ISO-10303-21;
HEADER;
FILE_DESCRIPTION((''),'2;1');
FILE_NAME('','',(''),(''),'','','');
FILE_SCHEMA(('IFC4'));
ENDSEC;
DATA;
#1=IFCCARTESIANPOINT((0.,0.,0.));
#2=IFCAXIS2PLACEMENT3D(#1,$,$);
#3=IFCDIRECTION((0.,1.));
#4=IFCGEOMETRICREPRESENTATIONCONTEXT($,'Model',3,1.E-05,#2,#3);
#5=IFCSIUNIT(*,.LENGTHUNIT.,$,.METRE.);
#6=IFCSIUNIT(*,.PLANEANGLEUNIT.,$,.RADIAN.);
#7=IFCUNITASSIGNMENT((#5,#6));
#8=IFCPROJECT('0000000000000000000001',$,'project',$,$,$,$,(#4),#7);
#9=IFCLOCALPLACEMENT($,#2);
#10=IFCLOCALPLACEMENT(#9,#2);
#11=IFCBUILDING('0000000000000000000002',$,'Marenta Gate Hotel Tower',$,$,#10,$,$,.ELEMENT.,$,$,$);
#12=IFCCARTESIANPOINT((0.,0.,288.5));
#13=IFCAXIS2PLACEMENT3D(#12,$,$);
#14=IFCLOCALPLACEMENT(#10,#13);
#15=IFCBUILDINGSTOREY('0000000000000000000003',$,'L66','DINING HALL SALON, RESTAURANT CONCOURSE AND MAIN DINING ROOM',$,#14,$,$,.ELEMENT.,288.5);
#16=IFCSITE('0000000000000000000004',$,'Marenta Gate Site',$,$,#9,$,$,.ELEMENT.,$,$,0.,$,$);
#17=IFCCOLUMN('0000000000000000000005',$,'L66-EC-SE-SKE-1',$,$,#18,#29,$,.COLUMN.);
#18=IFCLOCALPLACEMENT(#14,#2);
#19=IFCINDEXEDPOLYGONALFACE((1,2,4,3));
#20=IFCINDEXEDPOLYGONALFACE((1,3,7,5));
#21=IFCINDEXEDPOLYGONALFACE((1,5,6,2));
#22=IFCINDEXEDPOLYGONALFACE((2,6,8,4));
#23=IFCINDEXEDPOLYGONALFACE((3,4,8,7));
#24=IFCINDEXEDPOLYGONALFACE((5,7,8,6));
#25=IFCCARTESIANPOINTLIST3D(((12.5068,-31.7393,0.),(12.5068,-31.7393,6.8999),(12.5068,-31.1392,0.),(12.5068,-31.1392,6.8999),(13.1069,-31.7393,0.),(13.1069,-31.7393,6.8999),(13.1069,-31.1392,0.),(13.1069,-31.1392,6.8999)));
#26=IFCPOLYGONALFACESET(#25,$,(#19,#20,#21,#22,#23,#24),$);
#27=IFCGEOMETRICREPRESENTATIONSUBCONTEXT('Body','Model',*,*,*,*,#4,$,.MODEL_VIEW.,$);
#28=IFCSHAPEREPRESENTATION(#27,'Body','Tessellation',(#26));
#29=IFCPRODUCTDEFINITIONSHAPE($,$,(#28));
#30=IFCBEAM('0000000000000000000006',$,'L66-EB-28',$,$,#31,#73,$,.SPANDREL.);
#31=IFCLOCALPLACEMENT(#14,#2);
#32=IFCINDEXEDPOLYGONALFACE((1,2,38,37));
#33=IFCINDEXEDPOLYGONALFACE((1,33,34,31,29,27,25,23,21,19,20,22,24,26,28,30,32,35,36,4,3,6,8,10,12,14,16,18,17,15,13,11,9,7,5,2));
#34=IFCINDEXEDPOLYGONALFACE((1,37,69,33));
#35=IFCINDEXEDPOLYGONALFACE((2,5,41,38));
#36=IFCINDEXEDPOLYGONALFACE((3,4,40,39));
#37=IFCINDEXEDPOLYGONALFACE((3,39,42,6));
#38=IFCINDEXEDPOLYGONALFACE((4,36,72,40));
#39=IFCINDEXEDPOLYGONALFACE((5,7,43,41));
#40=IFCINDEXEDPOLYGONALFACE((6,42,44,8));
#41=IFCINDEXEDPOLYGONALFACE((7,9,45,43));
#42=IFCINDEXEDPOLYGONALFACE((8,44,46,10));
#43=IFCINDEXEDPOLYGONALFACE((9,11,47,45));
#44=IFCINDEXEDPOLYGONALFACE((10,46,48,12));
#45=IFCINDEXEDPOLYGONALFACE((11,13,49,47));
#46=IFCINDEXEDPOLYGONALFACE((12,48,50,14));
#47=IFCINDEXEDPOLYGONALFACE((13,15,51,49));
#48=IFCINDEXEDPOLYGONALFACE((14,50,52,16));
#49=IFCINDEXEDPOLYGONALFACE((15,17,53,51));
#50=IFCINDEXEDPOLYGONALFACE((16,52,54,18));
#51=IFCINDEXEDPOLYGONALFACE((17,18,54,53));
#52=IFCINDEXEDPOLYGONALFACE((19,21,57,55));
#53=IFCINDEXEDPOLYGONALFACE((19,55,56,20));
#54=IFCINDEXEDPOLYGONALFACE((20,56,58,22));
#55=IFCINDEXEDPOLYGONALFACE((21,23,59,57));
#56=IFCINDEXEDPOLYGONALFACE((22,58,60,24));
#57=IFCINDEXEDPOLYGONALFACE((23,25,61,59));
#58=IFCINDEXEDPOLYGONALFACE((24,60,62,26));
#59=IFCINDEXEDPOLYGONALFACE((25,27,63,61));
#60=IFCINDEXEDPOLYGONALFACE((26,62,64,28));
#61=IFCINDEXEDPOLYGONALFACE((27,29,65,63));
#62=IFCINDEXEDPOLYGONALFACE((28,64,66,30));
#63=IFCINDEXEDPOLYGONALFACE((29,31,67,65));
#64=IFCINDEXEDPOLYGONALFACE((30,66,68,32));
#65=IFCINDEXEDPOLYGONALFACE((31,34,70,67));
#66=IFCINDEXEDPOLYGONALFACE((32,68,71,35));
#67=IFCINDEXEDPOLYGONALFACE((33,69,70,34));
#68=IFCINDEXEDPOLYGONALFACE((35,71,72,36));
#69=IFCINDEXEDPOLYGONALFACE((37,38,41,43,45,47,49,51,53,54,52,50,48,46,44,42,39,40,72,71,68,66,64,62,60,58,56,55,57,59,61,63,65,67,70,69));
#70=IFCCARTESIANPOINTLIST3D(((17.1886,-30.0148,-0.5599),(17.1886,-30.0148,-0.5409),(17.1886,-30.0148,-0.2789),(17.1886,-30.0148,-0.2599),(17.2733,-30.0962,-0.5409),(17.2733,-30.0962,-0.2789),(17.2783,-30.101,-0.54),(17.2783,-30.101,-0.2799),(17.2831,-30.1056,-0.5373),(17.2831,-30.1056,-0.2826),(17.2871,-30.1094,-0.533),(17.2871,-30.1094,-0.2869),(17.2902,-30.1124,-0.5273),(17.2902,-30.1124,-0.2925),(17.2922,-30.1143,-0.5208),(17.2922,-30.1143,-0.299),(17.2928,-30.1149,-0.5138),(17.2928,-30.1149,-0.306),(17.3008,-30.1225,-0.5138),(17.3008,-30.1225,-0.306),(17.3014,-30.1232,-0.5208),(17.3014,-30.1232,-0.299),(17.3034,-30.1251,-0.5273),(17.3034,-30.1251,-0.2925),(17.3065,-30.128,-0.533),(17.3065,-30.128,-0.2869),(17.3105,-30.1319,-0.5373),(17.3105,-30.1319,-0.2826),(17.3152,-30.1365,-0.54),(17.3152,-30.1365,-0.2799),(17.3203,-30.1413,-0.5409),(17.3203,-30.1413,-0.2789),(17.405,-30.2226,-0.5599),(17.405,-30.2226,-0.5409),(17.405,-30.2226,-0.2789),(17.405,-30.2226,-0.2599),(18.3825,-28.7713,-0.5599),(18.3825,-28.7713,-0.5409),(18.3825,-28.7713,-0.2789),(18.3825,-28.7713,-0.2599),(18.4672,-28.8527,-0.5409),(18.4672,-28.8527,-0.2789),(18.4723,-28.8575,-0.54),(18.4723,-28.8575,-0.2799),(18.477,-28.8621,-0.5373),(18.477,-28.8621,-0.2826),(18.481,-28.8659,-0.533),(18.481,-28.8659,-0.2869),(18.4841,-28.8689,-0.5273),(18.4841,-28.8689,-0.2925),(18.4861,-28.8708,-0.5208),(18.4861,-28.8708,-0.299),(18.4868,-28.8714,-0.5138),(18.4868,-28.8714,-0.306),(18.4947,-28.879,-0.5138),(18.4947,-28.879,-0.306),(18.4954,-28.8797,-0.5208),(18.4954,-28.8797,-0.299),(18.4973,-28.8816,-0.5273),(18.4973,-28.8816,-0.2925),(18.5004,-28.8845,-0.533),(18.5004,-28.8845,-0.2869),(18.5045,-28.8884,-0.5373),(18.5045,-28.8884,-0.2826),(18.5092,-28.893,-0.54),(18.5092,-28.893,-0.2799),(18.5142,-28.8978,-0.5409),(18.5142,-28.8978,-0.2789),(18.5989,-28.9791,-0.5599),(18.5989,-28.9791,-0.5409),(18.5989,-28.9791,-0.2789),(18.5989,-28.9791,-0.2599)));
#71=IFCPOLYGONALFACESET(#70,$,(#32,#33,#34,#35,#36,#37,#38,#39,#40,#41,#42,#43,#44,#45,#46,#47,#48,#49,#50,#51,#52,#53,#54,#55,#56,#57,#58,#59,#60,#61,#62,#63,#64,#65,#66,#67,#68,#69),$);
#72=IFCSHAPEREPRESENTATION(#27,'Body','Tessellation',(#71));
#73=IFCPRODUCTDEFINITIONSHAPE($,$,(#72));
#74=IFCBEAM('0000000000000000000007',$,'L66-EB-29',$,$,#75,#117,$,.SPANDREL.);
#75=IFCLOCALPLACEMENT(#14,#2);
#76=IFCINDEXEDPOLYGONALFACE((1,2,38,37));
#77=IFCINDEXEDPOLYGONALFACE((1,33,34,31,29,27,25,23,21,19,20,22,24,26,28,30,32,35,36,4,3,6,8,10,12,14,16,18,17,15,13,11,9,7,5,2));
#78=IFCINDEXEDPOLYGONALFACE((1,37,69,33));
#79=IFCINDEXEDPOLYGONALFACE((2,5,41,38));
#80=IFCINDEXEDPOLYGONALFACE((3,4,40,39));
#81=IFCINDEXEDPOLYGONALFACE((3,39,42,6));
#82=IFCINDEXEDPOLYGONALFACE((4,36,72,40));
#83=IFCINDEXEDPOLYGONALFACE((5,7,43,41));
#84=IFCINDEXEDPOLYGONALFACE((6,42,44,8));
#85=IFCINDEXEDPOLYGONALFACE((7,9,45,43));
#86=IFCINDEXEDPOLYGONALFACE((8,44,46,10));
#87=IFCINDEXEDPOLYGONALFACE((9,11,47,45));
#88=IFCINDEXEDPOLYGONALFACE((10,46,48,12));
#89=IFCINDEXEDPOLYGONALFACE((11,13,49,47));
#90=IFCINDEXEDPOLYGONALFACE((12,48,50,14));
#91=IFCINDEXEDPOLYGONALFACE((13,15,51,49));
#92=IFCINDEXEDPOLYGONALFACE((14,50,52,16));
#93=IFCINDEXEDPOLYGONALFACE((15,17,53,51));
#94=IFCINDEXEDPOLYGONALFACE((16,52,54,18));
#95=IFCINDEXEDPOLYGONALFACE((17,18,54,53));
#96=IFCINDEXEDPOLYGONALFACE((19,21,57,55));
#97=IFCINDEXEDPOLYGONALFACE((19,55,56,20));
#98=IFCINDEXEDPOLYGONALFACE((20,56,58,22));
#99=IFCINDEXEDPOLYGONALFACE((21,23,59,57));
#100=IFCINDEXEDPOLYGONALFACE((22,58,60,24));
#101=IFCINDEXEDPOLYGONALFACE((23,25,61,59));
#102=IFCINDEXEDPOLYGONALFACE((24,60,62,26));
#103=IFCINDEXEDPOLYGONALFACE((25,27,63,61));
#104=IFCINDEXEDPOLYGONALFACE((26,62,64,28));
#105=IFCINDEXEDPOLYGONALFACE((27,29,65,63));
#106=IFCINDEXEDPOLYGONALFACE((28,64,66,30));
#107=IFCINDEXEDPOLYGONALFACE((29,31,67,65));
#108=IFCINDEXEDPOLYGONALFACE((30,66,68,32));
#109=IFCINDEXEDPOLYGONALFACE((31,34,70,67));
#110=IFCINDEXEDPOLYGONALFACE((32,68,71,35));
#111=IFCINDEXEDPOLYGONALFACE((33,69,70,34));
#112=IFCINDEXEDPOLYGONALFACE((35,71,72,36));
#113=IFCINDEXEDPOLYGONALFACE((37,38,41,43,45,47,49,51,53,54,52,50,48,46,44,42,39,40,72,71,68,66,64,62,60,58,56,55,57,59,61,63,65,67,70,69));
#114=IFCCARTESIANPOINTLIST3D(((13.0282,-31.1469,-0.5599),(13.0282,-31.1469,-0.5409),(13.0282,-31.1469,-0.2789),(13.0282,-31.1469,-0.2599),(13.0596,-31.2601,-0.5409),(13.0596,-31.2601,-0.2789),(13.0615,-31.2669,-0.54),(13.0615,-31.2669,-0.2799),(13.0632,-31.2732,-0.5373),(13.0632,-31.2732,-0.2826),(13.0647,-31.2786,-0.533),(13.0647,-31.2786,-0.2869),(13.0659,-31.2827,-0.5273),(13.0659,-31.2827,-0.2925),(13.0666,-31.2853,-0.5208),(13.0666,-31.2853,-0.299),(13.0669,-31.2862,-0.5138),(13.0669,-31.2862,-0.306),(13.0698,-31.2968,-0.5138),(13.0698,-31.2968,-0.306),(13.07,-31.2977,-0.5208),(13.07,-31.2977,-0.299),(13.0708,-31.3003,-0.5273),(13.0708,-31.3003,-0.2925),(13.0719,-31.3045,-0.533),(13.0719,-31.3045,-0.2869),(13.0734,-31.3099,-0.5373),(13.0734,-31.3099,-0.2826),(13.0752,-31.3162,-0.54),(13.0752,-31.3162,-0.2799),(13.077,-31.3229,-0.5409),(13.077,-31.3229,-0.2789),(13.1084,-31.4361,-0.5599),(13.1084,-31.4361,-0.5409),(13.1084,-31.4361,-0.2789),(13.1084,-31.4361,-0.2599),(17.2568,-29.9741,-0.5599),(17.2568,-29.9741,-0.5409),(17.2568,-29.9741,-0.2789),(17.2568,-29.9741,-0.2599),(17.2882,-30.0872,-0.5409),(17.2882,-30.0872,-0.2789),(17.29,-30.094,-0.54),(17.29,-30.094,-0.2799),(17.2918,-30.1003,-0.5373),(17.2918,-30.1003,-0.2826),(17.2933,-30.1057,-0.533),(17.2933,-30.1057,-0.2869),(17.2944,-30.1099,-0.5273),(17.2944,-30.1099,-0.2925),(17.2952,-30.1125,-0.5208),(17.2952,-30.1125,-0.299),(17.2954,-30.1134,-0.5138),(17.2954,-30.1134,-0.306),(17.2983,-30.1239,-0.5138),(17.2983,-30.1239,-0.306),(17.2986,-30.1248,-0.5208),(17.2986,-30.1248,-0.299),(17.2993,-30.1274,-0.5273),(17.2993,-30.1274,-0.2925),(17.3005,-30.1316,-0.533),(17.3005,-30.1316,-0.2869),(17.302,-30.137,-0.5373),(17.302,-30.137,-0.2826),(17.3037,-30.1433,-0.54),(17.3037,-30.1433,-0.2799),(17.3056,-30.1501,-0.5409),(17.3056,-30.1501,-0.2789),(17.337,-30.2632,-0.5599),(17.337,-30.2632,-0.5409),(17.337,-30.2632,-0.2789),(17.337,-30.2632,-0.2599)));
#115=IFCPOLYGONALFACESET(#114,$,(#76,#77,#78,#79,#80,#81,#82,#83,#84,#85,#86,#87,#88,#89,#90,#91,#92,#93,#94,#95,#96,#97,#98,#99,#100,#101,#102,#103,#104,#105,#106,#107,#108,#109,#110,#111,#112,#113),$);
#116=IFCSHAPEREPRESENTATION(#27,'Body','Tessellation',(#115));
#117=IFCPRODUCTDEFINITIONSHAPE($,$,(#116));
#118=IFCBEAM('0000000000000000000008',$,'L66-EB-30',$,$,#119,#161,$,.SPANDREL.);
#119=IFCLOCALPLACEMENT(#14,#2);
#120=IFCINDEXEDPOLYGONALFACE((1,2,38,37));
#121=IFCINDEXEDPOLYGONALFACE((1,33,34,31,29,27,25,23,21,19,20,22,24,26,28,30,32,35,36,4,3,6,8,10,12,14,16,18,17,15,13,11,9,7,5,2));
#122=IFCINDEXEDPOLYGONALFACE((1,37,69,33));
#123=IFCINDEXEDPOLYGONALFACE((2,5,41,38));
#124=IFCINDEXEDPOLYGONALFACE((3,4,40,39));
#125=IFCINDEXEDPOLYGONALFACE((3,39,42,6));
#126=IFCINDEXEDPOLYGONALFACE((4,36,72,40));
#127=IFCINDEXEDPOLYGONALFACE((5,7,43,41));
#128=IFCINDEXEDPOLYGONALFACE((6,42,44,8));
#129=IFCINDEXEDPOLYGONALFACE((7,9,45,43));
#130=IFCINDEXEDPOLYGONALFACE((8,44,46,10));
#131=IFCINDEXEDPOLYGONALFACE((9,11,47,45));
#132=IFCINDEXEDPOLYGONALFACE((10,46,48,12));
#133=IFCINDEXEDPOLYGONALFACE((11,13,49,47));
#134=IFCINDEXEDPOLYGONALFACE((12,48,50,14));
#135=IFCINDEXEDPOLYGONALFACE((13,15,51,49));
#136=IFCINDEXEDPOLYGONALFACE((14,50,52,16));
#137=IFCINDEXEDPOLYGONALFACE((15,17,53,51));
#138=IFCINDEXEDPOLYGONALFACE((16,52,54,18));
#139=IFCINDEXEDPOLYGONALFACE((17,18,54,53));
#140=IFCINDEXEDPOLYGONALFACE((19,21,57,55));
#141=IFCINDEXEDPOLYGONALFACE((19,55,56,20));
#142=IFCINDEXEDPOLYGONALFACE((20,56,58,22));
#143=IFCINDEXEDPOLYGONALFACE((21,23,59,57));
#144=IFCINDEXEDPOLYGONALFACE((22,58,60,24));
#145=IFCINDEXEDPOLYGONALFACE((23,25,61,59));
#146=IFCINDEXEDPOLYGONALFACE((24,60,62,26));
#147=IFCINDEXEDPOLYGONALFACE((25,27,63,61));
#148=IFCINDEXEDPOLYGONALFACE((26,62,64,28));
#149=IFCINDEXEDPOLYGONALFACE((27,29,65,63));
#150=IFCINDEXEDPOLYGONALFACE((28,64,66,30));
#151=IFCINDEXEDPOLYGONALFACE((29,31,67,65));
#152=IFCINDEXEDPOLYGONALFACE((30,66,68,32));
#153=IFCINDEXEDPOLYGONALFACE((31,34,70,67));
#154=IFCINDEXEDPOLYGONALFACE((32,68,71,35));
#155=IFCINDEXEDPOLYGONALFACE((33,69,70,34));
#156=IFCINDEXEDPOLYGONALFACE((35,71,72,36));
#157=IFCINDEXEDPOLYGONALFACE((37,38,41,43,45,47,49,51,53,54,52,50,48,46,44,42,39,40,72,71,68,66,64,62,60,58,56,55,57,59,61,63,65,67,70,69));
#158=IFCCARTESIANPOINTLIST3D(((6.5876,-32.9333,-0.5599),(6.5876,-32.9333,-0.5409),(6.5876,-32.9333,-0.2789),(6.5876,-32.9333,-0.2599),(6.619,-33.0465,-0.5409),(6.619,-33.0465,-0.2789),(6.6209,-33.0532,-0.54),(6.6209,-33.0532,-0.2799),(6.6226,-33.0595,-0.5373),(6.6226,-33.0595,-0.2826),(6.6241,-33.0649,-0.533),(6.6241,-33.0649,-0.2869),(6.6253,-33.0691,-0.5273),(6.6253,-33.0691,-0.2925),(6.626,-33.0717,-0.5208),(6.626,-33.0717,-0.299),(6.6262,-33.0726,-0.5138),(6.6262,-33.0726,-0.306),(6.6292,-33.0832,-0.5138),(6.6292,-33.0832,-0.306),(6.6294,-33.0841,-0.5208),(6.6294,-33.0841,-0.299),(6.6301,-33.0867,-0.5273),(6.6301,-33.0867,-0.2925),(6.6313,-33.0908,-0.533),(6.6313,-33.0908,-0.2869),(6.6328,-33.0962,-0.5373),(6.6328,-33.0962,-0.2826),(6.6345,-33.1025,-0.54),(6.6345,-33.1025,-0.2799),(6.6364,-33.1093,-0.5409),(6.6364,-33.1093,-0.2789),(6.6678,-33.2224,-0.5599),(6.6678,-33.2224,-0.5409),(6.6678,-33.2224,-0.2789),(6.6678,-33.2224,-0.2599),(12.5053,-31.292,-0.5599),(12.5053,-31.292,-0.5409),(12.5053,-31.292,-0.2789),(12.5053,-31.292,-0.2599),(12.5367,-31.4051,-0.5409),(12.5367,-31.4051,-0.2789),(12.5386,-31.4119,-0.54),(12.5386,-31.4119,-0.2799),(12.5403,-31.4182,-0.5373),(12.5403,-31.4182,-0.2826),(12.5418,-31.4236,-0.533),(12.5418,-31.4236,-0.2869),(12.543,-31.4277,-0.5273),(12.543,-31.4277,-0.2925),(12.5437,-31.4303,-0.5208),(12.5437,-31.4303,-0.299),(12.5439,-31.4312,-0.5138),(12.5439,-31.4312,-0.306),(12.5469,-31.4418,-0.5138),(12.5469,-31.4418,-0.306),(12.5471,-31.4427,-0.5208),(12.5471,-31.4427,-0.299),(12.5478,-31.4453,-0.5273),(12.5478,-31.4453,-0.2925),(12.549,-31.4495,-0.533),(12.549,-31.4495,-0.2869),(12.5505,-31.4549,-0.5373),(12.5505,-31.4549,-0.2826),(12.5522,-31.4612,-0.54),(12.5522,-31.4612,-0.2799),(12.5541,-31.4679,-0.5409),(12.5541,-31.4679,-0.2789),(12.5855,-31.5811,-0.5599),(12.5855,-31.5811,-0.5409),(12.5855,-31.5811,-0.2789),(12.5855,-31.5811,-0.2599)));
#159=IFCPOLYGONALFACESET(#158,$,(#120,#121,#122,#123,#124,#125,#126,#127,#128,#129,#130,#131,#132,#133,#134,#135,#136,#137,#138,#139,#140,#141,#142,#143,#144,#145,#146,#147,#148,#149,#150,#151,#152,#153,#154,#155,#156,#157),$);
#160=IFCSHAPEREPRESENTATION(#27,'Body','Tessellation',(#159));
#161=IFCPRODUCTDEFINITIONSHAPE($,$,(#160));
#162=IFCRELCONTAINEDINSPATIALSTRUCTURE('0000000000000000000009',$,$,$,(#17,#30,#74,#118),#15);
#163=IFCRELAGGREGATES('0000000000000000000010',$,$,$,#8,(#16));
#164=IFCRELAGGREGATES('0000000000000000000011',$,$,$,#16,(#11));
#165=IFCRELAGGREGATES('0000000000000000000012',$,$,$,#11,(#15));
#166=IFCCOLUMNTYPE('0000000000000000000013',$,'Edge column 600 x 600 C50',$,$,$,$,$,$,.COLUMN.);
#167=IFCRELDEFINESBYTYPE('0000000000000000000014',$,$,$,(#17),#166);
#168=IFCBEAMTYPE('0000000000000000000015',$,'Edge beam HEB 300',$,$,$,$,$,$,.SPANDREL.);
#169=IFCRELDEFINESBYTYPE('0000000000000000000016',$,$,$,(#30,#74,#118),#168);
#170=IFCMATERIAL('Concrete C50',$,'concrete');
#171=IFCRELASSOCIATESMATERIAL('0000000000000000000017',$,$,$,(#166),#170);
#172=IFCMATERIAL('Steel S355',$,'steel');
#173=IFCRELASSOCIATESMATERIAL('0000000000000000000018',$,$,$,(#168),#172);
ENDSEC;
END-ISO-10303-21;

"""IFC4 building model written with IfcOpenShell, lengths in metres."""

from ifc_helpers import new_model, si_unit, direction, frame, origin, origin_2d, place, context, subcontext, project, spatial, rectangle, i_section, extrude, material, material_profile, profile_set, type_object, element, save


model = new_model("IFC4")

# Units and contexts
model_context = context("Model", 3, precision=1e-05, world=origin(), true_north=direction((0.0, 1.0)))
body_context = subcontext(model_context, "Body", "Model", "MODEL_VIEW")
ifc_project = project(units=[si_unit("LENGTHUNIT", "METRE"), si_unit("PLANEANGLEUNIT", "RADIAN")], contexts=[model_context])

# Site, building, storey
site_placement = place(None, origin())
site = spatial("IfcSite", under=ifc_project, at=site_placement, Name="Marenta Gate Site", CompositionType="ELEMENT", RefElevation=0.0)
building_placement = place(site_placement, origin())
building = spatial("IfcBuilding", under=site, at=building_placement, Name="Marenta Gate Hotel Tower", CompositionType="ELEMENT")
storey_placement = place(building_placement, frame((0.0, 0.0, 288.5)))
storey = spatial("IfcBuildingStorey", under=building, at=storey_placement, Name="L66", Description="DINING HALL SALON, RESTAURANT CONCOURSE AND MAIN DINING ROOM", CompositionType="ELEMENT", Elevation=288.5)

# Column
ifc_material_1 = material(Name="Concrete C50", Category="concrete")
ifc_material_profile_1 = material_profile(ifc_material_1, rectangle(XDim=0.6001, YDim=0.6001, at=origin_2d()), Name="600 x 600")
ifc_profile_set_1 = profile_set([ifc_material_profile_1], Name="Concrete C50")
column_type = type_object("IfcColumnType", Name="Edge column 600 x 600 C50", PredefinedType="COLUMN", material=ifc_profile_set_1)
column_placement = place(storey_placement, frame((12.8069, -31.4392, 0.0), z_axis=(0.0, 0.0, 1.0), x_axis=(1.0, 0.0, 0.0)))
element("IfcColumn", 1, at=column_placement, inside=storey, type_object=column_type, Name="L66-EC-SE-SKE-1", PredefinedType="COLUMN", context=body_context, shape_type="SweptSolid", body=[
    extrude(rectangle(XDim=0.6001, YDim=0.6001, at=origin_2d()), origin(), (0.0, 0.0, 1.0), 6.8999),
])

# Beams
ifc_material_2 = material(Name="Steel S355", Category="steel")
ifc_material_profile_2 = material_profile(ifc_material_2, i_section(OverallWidth=0.3, OverallDepth=0.3, WebThickness=0.011, FlangeThickness=0.019, FilletRadius=0.0271, at=origin_2d()), Name="HEB 300")
ifc_profile_set_2 = profile_set([ifc_material_profile_2], Name="Steel S355")
beam_type = type_object("IfcBeamType", Name="Edge beam HEB 300", PredefinedType="SPANDREL", material=ifc_profile_set_2)
beam_1_placement = place(storey_placement, frame((18.4907, -28.8752, -0.4099), z_axis=(-0.692585, -0.721336, 0.0), x_axis=(0.721336, -0.692585, 0.0)))
element("IfcBeam", 2, at=beam_1_placement, inside=storey, type_object=beam_type, Name="L66-EB-28", PredefinedType="SPANDREL", context=body_context, shape_type="SweptSolid", body=[
    extrude(i_section(OverallWidth=0.3, OverallDepth=0.3, WebThickness=0.011, FlangeThickness=0.019, FilletRadius=0.0271, at=origin_2d()), origin(), (0.0, 0.0, 1.0), 1.7239),
])
beam_2_placement = place(storey_placement, frame((17.2969, -30.1187, -0.4099), z_axis=(-0.96362, -0.267277, 0.0), x_axis=(0.267277, -0.96362, 0.0)))
element("IfcBeam", 3, at=beam_2_placement, inside=storey, type_object=beam_type, Name="L66-EB-29", PredefinedType="SPANDREL", context=body_context, shape_type="SweptSolid", body=[
    extrude(i_section(OverallWidth=0.3, OverallDepth=0.3, WebThickness=0.011, FlangeThickness=0.019, FilletRadius=0.0271, at=origin_2d()), origin(), (0.0, 0.0, 1.0), 4.3882),
])
beam_3_placement = place(storey_placement, frame((12.5454, -31.4365, -0.4099), z_axis=(-0.963621, -0.267273, 0.0), x_axis=(0.267273, -0.963621, 0.0)))
element("IfcBeam", 4, at=beam_3_placement, inside=storey, type_object=beam_type, Name="L66-EB-30", PredefinedType="SPANDREL", context=body_context, shape_type="SweptSolid", body=[
    extrude(i_section(OverallWidth=0.3, OverallDepth=0.3, WebThickness=0.011, FlangeThickness=0.019, FilletRadius=0.0271, at=origin_2d()), origin(), (0.0, 0.0, 1.0), 6.1411),
])

save(model, "model.ifc")
